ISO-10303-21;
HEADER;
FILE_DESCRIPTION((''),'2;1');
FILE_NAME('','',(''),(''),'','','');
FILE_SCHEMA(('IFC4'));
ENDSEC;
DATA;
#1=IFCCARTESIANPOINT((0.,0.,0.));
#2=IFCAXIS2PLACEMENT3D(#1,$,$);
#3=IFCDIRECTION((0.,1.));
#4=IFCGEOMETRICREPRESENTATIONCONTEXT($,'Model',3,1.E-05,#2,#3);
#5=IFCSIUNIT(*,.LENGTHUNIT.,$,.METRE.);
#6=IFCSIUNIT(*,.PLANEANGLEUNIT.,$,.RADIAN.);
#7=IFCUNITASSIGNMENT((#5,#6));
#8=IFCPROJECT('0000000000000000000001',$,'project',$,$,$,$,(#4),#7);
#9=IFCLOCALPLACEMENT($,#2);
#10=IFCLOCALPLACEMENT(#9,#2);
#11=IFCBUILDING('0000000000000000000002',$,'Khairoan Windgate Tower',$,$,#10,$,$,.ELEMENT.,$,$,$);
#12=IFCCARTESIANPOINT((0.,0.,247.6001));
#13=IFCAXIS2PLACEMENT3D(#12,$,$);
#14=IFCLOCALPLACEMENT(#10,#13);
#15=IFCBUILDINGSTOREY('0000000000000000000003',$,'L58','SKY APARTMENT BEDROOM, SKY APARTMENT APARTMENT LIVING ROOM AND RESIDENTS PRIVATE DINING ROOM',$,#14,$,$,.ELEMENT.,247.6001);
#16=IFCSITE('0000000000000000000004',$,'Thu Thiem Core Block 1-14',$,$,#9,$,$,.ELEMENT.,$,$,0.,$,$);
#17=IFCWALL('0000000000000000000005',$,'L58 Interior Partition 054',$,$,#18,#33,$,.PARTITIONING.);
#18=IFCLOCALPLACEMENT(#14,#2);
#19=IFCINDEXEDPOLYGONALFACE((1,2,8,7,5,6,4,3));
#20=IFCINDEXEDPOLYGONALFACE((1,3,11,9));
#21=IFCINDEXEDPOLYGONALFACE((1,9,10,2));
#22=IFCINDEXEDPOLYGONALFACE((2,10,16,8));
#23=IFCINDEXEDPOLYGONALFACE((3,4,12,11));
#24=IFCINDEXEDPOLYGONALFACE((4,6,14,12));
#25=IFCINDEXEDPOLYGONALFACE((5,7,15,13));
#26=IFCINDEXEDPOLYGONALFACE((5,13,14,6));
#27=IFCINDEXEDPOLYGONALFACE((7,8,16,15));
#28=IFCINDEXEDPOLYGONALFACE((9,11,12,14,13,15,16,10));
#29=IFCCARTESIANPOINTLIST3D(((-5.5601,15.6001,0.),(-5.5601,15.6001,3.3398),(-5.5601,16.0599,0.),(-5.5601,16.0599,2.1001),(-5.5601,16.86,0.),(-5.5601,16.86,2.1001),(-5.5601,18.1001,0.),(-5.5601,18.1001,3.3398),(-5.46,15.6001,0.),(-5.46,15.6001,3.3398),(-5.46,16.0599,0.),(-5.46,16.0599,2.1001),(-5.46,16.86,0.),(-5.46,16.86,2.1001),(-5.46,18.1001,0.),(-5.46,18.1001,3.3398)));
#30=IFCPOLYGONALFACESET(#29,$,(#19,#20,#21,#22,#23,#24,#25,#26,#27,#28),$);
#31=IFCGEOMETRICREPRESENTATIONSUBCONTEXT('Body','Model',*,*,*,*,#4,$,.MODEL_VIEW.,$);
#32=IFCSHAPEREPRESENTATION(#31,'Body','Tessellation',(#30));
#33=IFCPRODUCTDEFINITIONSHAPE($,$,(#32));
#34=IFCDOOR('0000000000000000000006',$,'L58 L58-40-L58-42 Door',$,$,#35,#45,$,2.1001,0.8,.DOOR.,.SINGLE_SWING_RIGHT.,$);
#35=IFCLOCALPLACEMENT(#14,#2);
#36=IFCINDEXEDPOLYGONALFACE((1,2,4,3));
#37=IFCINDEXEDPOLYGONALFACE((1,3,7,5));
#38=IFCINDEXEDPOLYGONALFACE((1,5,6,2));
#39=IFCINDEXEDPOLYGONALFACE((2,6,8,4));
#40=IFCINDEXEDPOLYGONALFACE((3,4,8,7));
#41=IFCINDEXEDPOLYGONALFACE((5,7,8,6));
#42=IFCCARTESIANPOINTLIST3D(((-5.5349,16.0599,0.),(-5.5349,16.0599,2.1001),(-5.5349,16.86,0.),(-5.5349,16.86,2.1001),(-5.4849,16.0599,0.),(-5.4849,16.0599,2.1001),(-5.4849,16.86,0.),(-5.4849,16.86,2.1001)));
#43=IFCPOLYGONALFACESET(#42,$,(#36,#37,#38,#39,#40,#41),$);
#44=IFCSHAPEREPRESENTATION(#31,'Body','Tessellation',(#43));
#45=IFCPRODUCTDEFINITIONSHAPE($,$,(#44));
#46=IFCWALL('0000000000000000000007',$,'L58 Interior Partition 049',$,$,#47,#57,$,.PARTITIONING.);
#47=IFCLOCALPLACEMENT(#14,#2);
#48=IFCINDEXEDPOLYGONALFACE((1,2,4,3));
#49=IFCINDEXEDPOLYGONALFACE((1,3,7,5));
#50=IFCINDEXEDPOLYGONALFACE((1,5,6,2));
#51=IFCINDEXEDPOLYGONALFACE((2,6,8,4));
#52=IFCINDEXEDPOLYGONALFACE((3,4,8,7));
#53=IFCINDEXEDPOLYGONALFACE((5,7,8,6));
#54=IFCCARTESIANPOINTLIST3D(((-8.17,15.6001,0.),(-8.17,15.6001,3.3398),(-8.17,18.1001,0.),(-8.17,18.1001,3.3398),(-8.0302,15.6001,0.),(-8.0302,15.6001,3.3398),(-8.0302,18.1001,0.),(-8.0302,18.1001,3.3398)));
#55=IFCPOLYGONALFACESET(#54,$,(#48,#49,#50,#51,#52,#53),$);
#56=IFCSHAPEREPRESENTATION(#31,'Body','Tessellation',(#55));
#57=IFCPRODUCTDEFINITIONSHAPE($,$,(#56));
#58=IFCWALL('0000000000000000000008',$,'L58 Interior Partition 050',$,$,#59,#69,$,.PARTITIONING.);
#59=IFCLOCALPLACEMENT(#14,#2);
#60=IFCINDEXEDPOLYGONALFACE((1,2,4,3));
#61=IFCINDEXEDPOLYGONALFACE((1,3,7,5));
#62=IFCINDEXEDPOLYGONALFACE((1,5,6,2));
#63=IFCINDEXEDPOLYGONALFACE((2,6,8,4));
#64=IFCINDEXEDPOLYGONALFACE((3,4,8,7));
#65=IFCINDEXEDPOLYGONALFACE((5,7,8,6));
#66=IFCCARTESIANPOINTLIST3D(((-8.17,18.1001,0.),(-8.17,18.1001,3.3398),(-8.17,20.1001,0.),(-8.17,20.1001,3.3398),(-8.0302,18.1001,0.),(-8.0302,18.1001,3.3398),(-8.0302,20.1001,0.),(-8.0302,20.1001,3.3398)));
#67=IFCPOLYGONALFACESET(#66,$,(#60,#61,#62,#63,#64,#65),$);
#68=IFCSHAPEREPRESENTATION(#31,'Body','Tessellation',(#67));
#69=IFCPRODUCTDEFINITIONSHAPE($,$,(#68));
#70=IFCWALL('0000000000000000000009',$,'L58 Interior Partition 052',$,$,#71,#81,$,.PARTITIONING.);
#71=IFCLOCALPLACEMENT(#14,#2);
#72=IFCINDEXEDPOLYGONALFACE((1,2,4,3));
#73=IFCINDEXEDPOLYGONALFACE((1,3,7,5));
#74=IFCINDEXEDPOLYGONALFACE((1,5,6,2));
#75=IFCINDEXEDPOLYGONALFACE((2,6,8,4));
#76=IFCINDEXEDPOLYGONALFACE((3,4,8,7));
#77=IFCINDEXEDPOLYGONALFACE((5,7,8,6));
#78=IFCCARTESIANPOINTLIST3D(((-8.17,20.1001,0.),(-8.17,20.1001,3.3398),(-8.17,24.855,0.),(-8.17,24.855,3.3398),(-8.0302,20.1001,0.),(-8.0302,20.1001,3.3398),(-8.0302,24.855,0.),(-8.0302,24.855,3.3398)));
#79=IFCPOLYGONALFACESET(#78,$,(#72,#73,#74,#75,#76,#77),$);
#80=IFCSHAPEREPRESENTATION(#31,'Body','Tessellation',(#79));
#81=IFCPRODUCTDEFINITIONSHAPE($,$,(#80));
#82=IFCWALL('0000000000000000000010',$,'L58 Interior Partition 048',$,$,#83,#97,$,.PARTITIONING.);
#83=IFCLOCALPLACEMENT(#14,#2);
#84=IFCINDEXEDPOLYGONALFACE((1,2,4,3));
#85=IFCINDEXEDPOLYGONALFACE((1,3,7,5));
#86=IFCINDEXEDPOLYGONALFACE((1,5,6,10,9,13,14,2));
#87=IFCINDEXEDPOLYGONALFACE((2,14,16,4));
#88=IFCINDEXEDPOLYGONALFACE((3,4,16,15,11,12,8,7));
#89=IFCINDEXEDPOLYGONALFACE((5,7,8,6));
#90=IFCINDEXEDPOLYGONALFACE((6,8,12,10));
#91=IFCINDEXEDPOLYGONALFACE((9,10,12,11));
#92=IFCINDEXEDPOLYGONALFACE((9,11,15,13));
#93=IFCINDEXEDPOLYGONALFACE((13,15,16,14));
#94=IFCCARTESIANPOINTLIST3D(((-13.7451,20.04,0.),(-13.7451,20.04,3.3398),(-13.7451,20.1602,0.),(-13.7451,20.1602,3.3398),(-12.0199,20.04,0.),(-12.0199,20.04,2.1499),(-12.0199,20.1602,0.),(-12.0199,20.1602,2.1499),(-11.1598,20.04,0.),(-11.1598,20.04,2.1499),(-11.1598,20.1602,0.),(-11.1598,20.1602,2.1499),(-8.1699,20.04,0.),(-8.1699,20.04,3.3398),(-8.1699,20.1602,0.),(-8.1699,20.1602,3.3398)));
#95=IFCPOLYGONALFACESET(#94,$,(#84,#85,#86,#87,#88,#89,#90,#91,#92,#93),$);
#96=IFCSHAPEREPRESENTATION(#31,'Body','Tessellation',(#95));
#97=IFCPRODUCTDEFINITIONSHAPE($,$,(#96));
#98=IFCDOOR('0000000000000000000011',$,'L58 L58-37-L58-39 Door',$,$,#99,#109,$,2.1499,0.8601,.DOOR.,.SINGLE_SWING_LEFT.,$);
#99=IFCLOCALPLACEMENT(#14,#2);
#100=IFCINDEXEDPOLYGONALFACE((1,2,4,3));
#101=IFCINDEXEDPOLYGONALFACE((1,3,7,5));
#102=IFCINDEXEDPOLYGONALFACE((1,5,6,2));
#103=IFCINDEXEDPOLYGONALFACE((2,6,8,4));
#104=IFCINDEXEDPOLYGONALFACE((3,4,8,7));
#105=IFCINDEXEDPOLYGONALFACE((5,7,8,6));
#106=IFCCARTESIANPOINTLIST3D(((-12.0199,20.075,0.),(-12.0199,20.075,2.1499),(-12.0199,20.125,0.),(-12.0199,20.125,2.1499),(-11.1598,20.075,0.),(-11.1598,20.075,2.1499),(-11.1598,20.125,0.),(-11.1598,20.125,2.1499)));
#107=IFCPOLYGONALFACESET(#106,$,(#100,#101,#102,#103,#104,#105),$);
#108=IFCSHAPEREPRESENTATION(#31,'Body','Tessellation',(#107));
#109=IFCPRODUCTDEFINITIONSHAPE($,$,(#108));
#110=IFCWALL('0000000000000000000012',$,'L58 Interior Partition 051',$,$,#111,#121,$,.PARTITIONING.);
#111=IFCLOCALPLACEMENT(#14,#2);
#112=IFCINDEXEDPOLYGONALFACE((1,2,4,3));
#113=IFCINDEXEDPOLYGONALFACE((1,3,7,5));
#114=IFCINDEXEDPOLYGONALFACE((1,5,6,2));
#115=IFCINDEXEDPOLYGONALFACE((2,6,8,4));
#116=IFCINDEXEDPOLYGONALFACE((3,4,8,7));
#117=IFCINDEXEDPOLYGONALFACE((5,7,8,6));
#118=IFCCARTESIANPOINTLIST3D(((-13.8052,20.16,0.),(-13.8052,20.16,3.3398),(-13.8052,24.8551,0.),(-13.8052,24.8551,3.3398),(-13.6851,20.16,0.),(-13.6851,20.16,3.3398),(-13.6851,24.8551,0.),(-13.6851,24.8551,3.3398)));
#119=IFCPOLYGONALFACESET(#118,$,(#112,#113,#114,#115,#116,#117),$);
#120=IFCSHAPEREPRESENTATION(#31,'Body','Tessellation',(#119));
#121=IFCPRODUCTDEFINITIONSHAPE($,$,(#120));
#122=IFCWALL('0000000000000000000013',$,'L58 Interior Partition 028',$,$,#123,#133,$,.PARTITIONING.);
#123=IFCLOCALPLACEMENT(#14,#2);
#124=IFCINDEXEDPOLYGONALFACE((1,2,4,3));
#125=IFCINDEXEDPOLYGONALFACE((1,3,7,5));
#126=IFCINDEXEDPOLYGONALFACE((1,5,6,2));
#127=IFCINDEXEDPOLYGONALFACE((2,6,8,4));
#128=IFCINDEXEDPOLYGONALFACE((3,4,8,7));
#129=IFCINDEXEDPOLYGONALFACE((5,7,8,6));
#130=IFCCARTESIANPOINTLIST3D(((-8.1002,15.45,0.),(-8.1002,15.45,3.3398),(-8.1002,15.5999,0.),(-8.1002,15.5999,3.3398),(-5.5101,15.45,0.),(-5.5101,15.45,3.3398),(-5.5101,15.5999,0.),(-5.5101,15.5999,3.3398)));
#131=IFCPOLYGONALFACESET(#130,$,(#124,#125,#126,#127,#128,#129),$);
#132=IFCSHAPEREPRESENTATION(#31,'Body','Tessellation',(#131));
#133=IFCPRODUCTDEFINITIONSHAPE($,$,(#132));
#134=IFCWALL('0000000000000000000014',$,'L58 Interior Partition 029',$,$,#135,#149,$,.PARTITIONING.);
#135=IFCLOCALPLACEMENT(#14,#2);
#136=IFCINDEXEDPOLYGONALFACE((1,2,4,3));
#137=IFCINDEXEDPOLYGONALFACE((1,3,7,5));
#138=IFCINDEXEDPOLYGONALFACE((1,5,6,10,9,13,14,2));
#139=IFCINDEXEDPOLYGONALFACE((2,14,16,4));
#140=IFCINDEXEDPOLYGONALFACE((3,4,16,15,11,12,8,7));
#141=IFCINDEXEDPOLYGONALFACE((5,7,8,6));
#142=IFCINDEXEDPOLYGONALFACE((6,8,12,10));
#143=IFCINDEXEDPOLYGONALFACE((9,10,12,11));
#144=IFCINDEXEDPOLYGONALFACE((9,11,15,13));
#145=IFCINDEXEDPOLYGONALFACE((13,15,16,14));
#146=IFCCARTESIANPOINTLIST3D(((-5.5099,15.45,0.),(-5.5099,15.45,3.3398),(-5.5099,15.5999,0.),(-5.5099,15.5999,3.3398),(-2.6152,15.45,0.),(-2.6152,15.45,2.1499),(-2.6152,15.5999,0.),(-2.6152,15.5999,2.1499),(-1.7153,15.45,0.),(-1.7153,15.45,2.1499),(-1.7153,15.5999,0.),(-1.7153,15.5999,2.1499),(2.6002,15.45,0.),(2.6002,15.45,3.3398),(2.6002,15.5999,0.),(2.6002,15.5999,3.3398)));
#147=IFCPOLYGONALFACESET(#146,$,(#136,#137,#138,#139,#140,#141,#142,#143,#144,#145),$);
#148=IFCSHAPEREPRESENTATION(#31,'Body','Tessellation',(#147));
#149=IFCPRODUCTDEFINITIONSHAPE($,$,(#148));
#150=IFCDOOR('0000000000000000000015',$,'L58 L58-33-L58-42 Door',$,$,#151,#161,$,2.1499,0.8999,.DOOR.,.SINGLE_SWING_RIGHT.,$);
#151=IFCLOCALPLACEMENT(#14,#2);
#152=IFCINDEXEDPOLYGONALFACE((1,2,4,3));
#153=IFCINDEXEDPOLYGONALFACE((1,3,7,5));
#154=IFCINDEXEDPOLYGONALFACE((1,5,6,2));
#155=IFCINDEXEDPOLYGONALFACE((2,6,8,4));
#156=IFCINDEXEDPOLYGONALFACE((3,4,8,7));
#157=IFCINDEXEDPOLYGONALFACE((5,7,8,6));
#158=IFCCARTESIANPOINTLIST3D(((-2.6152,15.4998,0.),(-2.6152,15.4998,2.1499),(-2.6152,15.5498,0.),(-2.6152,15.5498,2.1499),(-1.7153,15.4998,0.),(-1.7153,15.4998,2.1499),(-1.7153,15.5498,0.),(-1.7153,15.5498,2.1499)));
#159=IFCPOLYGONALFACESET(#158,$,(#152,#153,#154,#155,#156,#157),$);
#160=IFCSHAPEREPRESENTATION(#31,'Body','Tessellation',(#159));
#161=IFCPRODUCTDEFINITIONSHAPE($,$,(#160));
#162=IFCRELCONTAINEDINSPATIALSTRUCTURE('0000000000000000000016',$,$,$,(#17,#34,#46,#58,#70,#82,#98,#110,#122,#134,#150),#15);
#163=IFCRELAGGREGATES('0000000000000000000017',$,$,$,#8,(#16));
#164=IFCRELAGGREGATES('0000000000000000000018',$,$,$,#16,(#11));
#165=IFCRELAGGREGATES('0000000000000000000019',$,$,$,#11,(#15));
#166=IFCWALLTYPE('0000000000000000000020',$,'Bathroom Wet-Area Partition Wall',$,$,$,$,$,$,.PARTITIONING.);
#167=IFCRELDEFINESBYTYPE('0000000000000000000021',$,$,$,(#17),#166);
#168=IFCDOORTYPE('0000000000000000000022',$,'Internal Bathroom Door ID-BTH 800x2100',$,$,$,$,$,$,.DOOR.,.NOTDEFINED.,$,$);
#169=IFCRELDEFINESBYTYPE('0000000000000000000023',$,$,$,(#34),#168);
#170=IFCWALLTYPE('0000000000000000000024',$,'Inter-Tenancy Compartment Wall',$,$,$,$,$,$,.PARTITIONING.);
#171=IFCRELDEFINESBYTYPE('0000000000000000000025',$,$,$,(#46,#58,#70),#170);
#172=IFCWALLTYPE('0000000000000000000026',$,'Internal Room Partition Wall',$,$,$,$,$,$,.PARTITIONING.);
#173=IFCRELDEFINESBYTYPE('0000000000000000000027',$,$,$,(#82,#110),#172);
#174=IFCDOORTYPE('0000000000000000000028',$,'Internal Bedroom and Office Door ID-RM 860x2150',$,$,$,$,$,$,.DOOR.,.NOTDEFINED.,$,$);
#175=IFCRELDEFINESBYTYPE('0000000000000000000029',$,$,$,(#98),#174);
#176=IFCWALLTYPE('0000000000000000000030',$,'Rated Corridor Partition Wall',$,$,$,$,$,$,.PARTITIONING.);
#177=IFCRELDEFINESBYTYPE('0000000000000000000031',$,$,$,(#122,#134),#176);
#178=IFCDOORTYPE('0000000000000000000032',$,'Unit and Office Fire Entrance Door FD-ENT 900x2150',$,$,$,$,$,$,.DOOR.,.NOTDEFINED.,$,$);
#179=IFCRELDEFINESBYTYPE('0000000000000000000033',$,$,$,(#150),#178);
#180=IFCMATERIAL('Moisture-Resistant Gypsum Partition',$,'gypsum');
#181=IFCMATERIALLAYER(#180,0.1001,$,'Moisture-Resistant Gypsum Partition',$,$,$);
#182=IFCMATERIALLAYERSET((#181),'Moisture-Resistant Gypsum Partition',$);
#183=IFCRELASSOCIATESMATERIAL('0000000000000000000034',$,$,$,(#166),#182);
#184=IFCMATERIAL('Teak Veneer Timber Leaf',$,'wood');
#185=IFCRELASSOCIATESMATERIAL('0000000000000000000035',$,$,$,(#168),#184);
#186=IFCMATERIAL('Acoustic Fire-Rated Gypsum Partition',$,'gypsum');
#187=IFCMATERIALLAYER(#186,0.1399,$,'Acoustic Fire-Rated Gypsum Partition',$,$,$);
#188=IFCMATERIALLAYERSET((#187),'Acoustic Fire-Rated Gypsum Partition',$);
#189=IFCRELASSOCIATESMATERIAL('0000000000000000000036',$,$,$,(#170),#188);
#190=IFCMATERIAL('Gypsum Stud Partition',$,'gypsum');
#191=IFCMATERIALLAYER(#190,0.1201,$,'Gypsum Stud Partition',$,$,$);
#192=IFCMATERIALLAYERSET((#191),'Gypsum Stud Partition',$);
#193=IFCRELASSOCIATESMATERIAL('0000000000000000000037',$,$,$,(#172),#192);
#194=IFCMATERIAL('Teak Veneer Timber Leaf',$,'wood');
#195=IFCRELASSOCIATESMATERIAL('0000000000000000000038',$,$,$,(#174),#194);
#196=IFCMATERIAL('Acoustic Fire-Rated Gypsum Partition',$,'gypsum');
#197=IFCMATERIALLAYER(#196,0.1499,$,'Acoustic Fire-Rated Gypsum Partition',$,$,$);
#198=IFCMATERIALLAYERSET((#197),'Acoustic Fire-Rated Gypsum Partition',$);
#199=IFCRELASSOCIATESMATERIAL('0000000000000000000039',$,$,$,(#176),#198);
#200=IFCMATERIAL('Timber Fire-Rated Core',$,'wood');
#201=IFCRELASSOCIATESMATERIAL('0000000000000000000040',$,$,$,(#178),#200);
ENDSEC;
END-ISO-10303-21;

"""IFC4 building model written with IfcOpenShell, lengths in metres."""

from ifc_helpers import new_model, si_unit, direction, frame, frame_2d, origin, place, context, subcontext, project, spatial, rectangle, extrude, material, layer, layer_set, type_object, element, fill, save


model = new_model("IFC4")

# Units and contexts
model_context = context("Model", 3, precision=1e-05, world=origin(), true_north=direction((0.0, 1.0)))
body_context = subcontext(model_context, "Body", "Model", "MODEL_VIEW")
ifc_project = project(units=[si_unit("LENGTHUNIT", "METRE"), si_unit("PLANEANGLEUNIT", "RADIAN")], contexts=[model_context])

# Site, building, storey
site_placement = place(None, origin())
site = spatial("IfcSite", under=ifc_project, at=site_placement, Name="Thu Thiem Core Block 1-14", CompositionType="ELEMENT", RefElevation=0.0)
building_placement = place(site_placement, origin())
building = spatial("IfcBuilding", under=site, at=building_placement, Name="Khairoan Windgate Tower", CompositionType="ELEMENT")
storey_placement = place(building_placement, frame((0.0, 0.0, 247.6001)))
storey = spatial("IfcBuildingStorey", under=building, at=storey_placement, Name="L58", Description="SKY APARTMENT BEDROOM, SKY APARTMENT APARTMENT LIVING ROOM AND RESIDENTS PRIVATE DINING ROOM", CompositionType="ELEMENT", Elevation=247.6001)

# Shared definitions
ifc_material_1 = material(Name="Moisture-Resistant Gypsum Partition", Category="gypsum")
ifc_layer_1 = layer(ifc_material_1, 0.1001, Name="Moisture-Resistant Gypsum Partition")
ifc_layer_set_1 = layer_set([ifc_layer_1], Name="Moisture-Resistant Gypsum Partition")
wall_type_1 = type_object("IfcWallType", Name="Bathroom Wet-Area Partition Wall", PredefinedType="PARTITIONING", material=ifc_layer_set_1)

# Wall, opening, door
wall_1_placement = place(storey_placement, frame((-5.51, 15.6001, 0.0), z_axis=(0.0, 0.0, 1.0), x_axis=(0.0, 1.0, 0.0)))
wall_1 = element("IfcWall", 1, at=wall_1_placement, inside=storey, type_object=wall_type_1, Name="L58 Interior Partition 054", PredefinedType="PARTITIONING", context=body_context, shape_type="SweptSolid", body=[
    extrude(rectangle(XDim=2.5, YDim=0.1001, at=frame_2d((1.25, 0.0))), origin(), (0.0, 0.0, 1.0), 3.3398),
])
opening_1_placement = place(wall_1_placement, frame((0.46, 0.0, 0.0)))
opening_1 = element("IfcOpeningElement", 2, at=opening_1_placement, cuts=wall_1, PredefinedType="OPENING", context=body_context, shape_type="SweptSolid", body=[
    extrude(rectangle(XDim=0.8, YDim=2.1001, at=frame_2d((0.3999, 1.05))), frame((0.0, 0.0601, 0.0), z_axis=(0.0, -1.0, 0.0), x_axis=(1.0, 0.0, 0.0)), (0.0, 0.0, 1.0), 0.1201),
])
ifc_material_2 = material(Name="Teak Veneer Timber Leaf", Category="wood")
door_type_1 = type_object("IfcDoorType", Name="Internal Bathroom Door ID-BTH 800x2100", OperationType="NOTDEFINED", PredefinedType="DOOR", material=ifc_material_2)
door_1_placement = place(opening_1_placement, origin())
door_1 = element("IfcDoor", 3, at=door_1_placement, inside=storey, type_object=door_type_1, Name="L58 L58-40-L58-42 Door", OperationType="SINGLE_SWING_RIGHT", OverallHeight=2.1001, OverallWidth=0.8, PredefinedType="DOOR", context=body_context, shape_type="SweptSolid", body=[
    extrude(rectangle(XDim=0.8, YDim=2.1001, at=frame_2d((0.3999, 1.05))), frame((0.0, 0.0249, 0.0), z_axis=(0.0, -1.0, 0.0), x_axis=(1.0, 0.0, 0.0)), (0.0, 0.0, 1.0), 0.05),
])
fill(opening_1, door_1)

# Walls
ifc_material_3 = material(Name="Acoustic Fire-Rated Gypsum Partition", Category="gypsum")
ifc_layer_2 = layer(ifc_material_3, 0.1399, Name="Acoustic Fire-Rated Gypsum Partition")
ifc_layer_set_2 = layer_set([ifc_layer_2], Name="Acoustic Fire-Rated Gypsum Partition")
wall_type_2 = type_object("IfcWallType", Name="Inter-Tenancy Compartment Wall", PredefinedType="PARTITIONING", material=ifc_layer_set_2)
wall_2_placement = place(storey_placement, frame((-8.1001, 15.6001, 0.0), z_axis=(0.0, 0.0, 1.0), x_axis=(0.0, 1.0, 0.0)))
element("IfcWall", 4, at=wall_2_placement, inside=storey, type_object=wall_type_2, Name="L58 Interior Partition 049", PredefinedType="PARTITIONING", context=body_context, shape_type="SweptSolid", body=[
    extrude(rectangle(XDim=2.5, YDim=0.1399, at=frame_2d((1.25, 0.0))), origin(), (0.0, 0.0, 1.0), 3.3398),
])
wall_3_placement = place(storey_placement, frame((-8.1001, 18.1001, 0.0), z_axis=(0.0, 0.0, 1.0), x_axis=(0.0, 1.0, 0.0)))
element("IfcWall", 5, at=wall_3_placement, inside=storey, type_object=wall_type_2, Name="L58 Interior Partition 050", PredefinedType="PARTITIONING", context=body_context, shape_type="SweptSolid", body=[
    extrude(rectangle(XDim=2.0, YDim=0.1399, at=frame_2d((1.0, 0.0))), origin(), (0.0, 0.0, 1.0), 3.3398),
])
wall_4_placement = place(storey_placement, frame((-8.1001, 20.1001, 0.0), z_axis=(0.0, 0.0, 1.0), x_axis=(0.0, 1.0, 0.0)))
element("IfcWall", 6, at=wall_4_placement, inside=storey, type_object=wall_type_2, Name="L58 Interior Partition 052", PredefinedType="PARTITIONING", context=body_context, shape_type="SweptSolid", body=[
    extrude(rectangle(XDim=4.7549, YDim=0.1399, at=frame_2d((2.3774, 0.0))), origin(), (0.0, 0.0, 1.0), 3.3398),
])

# Wall, opening, door
ifc_material_4 = material(Name="Gypsum Stud Partition", Category="gypsum")
ifc_layer_3 = layer(ifc_material_4, 0.1201, Name="Gypsum Stud Partition")
ifc_layer_set_3 = layer_set([ifc_layer_3], Name="Gypsum Stud Partition")
wall_type_3 = type_object("IfcWallType", Name="Internal Room Partition Wall", PredefinedType="PARTITIONING", material=ifc_layer_set_3)
wall_5_placement = place(storey_placement, frame((-13.7451, 20.1001, 0.0), z_axis=(0.0, 0.0, 1.0), x_axis=(1.0, 0.0, 0.0)))
wall_5 = element("IfcWall", 7, at=wall_5_placement, inside=storey, type_object=wall_type_3, Name="L58 Interior Partition 048", PredefinedType="PARTITIONING", context=body_context, shape_type="SweptSolid", body=[
    extrude(rectangle(XDim=5.5752, YDim=0.1201, at=frame_2d((2.7876, 0.0))), origin(), (0.0, 0.0, 1.0), 3.3398),
])
opening_2_placement = place(wall_5_placement, frame((1.7251, 0.0, 0.0)))
opening_2 = element("IfcOpeningElement", 8, at=opening_2_placement, cuts=wall_5, PredefinedType="OPENING", context=body_context, shape_type="SweptSolid", body=[
    extrude(rectangle(XDim=0.8601, YDim=2.1499, at=frame_2d((0.4302, 1.075))), frame((0.0, 0.0701, 0.0), z_axis=(0.0, -1.0, 0.0), x_axis=(1.0, 0.0, 0.0)), (0.0, 0.0, 1.0), 0.1401),
])
ifc_material_5 = material(Name="Teak Veneer Timber Leaf", Category="wood")
door_type_2 = type_object("IfcDoorType", Name="Internal Bedroom and Office Door ID-RM 860x2150", OperationType="NOTDEFINED", PredefinedType="DOOR", material=ifc_material_5)
door_2_placement = place(opening_2_placement, origin())
door_2 = element("IfcDoor", 9, at=door_2_placement, inside=storey, type_object=door_type_2, Name="L58 L58-37-L58-39 Door", OperationType="SINGLE_SWING_LEFT", OverallHeight=2.1499, OverallWidth=0.8601, PredefinedType="DOOR", context=body_context, shape_type="SweptSolid", body=[
    extrude(rectangle(XDim=0.8601, YDim=2.1499, at=frame_2d((0.4302, 1.075))), frame((0.0, 0.0249, 0.0), z_axis=(0.0, -1.0, 0.0), x_axis=(1.0, 0.0, 0.0)), (0.0, 0.0, 1.0), 0.05),
])
fill(opening_2, door_2)

# Walls
wall_6_placement = place(storey_placement, frame((-13.7451, 20.1599, 0.0), z_axis=(0.0, 0.0, 1.0), x_axis=(0.0, 1.0, 0.0)))
element("IfcWall", 10, at=wall_6_placement, inside=storey, type_object=wall_type_3, Name="L58 Interior Partition 051", PredefinedType="PARTITIONING", context=body_context, shape_type="SweptSolid", body=[
    extrude(rectangle(XDim=4.6951, YDim=0.1201, at=frame_2d((2.3477, 0.0))), origin(), (0.0, 0.0, 1.0), 3.3398),
])
ifc_material_6 = material(Name="Acoustic Fire-Rated Gypsum Partition", Category="gypsum")
ifc_layer_4 = layer(ifc_material_6, 0.1499, Name="Acoustic Fire-Rated Gypsum Partition")
ifc_layer_set_4 = layer_set([ifc_layer_4], Name="Acoustic Fire-Rated Gypsum Partition")
wall_type_4 = type_object("IfcWallType", Name="Rated Corridor Partition Wall", PredefinedType="PARTITIONING", material=ifc_layer_set_4)
wall_7_placement = place(storey_placement, frame((-8.1001, 15.5249, 0.0), z_axis=(0.0, 0.0, 1.0), x_axis=(1.0, 0.0, 0.0)))
element("IfcWall", 11, at=wall_7_placement, inside=storey, type_object=wall_type_4, Name="L58 Interior Partition 028", PredefinedType="PARTITIONING", context=body_context, shape_type="SweptSolid", body=[
    extrude(rectangle(XDim=2.5901, YDim=0.1499, at=frame_2d((1.2949, 0.0))), origin(), (0.0, 0.0, 1.0), 3.3398),
])

# Wall, opening, door
wall_8_placement = place(storey_placement, frame((-5.51, 15.5249, 0.0), z_axis=(0.0, 0.0, 1.0), x_axis=(1.0, 0.0, 0.0)))
wall_8 = element("IfcWall", 12, at=wall_8_placement, inside=storey, type_object=wall_type_4, Name="L58 Interior Partition 029", PredefinedType="PARTITIONING", context=body_context, shape_type="SweptSolid", body=[
    extrude(rectangle(XDim=8.1101, YDim=0.1499, at=frame_2d((4.0552, 0.0))), origin(), (0.0, 0.0, 1.0), 3.3398),
])
opening_3_placement = place(wall_8_placement, frame((2.8948, 0.0, 0.0)))
opening_3 = element("IfcOpeningElement", 13, at=opening_3_placement, cuts=wall_8, PredefinedType="OPENING", context=body_context, shape_type="SweptSolid", body=[
    extrude(rectangle(XDim=0.8999, YDim=2.1499, at=frame_2d((0.45, 1.075))), frame((0.0, 0.085, 0.0), z_axis=(0.0, -1.0, 0.0), x_axis=(1.0, 0.0, 0.0)), (0.0, 0.0, 1.0), 0.1699),
])
ifc_material_7 = material(Name="Timber Fire-Rated Core", Category="wood")
door_type_3 = type_object("IfcDoorType", Name="Unit and Office Fire Entrance Door FD-ENT 900x2150", OperationType="NOTDEFINED", PredefinedType="DOOR", material=ifc_material_7)
door_3_placement = place(opening_3_placement, origin())
door_3 = element("IfcDoor", 14, at=door_3_placement, inside=storey, type_object=door_type_3, Name="L58 L58-33-L58-42 Door", OperationType="SINGLE_SWING_RIGHT", OverallHeight=2.1499, OverallWidth=0.8999, PredefinedType="DOOR", context=body_context, shape_type="SweptSolid", body=[
    extrude(rectangle(XDim=0.8999, YDim=2.1499, at=frame_2d((0.45, 1.075))), frame((0.0, 0.0249, 0.0), z_axis=(0.0, -1.0, 0.0), x_axis=(1.0, 0.0, 0.0)), (0.0, 0.0, 1.0), 0.05),
])
fill(opening_3, door_3)

save(model, "model.ifc")
